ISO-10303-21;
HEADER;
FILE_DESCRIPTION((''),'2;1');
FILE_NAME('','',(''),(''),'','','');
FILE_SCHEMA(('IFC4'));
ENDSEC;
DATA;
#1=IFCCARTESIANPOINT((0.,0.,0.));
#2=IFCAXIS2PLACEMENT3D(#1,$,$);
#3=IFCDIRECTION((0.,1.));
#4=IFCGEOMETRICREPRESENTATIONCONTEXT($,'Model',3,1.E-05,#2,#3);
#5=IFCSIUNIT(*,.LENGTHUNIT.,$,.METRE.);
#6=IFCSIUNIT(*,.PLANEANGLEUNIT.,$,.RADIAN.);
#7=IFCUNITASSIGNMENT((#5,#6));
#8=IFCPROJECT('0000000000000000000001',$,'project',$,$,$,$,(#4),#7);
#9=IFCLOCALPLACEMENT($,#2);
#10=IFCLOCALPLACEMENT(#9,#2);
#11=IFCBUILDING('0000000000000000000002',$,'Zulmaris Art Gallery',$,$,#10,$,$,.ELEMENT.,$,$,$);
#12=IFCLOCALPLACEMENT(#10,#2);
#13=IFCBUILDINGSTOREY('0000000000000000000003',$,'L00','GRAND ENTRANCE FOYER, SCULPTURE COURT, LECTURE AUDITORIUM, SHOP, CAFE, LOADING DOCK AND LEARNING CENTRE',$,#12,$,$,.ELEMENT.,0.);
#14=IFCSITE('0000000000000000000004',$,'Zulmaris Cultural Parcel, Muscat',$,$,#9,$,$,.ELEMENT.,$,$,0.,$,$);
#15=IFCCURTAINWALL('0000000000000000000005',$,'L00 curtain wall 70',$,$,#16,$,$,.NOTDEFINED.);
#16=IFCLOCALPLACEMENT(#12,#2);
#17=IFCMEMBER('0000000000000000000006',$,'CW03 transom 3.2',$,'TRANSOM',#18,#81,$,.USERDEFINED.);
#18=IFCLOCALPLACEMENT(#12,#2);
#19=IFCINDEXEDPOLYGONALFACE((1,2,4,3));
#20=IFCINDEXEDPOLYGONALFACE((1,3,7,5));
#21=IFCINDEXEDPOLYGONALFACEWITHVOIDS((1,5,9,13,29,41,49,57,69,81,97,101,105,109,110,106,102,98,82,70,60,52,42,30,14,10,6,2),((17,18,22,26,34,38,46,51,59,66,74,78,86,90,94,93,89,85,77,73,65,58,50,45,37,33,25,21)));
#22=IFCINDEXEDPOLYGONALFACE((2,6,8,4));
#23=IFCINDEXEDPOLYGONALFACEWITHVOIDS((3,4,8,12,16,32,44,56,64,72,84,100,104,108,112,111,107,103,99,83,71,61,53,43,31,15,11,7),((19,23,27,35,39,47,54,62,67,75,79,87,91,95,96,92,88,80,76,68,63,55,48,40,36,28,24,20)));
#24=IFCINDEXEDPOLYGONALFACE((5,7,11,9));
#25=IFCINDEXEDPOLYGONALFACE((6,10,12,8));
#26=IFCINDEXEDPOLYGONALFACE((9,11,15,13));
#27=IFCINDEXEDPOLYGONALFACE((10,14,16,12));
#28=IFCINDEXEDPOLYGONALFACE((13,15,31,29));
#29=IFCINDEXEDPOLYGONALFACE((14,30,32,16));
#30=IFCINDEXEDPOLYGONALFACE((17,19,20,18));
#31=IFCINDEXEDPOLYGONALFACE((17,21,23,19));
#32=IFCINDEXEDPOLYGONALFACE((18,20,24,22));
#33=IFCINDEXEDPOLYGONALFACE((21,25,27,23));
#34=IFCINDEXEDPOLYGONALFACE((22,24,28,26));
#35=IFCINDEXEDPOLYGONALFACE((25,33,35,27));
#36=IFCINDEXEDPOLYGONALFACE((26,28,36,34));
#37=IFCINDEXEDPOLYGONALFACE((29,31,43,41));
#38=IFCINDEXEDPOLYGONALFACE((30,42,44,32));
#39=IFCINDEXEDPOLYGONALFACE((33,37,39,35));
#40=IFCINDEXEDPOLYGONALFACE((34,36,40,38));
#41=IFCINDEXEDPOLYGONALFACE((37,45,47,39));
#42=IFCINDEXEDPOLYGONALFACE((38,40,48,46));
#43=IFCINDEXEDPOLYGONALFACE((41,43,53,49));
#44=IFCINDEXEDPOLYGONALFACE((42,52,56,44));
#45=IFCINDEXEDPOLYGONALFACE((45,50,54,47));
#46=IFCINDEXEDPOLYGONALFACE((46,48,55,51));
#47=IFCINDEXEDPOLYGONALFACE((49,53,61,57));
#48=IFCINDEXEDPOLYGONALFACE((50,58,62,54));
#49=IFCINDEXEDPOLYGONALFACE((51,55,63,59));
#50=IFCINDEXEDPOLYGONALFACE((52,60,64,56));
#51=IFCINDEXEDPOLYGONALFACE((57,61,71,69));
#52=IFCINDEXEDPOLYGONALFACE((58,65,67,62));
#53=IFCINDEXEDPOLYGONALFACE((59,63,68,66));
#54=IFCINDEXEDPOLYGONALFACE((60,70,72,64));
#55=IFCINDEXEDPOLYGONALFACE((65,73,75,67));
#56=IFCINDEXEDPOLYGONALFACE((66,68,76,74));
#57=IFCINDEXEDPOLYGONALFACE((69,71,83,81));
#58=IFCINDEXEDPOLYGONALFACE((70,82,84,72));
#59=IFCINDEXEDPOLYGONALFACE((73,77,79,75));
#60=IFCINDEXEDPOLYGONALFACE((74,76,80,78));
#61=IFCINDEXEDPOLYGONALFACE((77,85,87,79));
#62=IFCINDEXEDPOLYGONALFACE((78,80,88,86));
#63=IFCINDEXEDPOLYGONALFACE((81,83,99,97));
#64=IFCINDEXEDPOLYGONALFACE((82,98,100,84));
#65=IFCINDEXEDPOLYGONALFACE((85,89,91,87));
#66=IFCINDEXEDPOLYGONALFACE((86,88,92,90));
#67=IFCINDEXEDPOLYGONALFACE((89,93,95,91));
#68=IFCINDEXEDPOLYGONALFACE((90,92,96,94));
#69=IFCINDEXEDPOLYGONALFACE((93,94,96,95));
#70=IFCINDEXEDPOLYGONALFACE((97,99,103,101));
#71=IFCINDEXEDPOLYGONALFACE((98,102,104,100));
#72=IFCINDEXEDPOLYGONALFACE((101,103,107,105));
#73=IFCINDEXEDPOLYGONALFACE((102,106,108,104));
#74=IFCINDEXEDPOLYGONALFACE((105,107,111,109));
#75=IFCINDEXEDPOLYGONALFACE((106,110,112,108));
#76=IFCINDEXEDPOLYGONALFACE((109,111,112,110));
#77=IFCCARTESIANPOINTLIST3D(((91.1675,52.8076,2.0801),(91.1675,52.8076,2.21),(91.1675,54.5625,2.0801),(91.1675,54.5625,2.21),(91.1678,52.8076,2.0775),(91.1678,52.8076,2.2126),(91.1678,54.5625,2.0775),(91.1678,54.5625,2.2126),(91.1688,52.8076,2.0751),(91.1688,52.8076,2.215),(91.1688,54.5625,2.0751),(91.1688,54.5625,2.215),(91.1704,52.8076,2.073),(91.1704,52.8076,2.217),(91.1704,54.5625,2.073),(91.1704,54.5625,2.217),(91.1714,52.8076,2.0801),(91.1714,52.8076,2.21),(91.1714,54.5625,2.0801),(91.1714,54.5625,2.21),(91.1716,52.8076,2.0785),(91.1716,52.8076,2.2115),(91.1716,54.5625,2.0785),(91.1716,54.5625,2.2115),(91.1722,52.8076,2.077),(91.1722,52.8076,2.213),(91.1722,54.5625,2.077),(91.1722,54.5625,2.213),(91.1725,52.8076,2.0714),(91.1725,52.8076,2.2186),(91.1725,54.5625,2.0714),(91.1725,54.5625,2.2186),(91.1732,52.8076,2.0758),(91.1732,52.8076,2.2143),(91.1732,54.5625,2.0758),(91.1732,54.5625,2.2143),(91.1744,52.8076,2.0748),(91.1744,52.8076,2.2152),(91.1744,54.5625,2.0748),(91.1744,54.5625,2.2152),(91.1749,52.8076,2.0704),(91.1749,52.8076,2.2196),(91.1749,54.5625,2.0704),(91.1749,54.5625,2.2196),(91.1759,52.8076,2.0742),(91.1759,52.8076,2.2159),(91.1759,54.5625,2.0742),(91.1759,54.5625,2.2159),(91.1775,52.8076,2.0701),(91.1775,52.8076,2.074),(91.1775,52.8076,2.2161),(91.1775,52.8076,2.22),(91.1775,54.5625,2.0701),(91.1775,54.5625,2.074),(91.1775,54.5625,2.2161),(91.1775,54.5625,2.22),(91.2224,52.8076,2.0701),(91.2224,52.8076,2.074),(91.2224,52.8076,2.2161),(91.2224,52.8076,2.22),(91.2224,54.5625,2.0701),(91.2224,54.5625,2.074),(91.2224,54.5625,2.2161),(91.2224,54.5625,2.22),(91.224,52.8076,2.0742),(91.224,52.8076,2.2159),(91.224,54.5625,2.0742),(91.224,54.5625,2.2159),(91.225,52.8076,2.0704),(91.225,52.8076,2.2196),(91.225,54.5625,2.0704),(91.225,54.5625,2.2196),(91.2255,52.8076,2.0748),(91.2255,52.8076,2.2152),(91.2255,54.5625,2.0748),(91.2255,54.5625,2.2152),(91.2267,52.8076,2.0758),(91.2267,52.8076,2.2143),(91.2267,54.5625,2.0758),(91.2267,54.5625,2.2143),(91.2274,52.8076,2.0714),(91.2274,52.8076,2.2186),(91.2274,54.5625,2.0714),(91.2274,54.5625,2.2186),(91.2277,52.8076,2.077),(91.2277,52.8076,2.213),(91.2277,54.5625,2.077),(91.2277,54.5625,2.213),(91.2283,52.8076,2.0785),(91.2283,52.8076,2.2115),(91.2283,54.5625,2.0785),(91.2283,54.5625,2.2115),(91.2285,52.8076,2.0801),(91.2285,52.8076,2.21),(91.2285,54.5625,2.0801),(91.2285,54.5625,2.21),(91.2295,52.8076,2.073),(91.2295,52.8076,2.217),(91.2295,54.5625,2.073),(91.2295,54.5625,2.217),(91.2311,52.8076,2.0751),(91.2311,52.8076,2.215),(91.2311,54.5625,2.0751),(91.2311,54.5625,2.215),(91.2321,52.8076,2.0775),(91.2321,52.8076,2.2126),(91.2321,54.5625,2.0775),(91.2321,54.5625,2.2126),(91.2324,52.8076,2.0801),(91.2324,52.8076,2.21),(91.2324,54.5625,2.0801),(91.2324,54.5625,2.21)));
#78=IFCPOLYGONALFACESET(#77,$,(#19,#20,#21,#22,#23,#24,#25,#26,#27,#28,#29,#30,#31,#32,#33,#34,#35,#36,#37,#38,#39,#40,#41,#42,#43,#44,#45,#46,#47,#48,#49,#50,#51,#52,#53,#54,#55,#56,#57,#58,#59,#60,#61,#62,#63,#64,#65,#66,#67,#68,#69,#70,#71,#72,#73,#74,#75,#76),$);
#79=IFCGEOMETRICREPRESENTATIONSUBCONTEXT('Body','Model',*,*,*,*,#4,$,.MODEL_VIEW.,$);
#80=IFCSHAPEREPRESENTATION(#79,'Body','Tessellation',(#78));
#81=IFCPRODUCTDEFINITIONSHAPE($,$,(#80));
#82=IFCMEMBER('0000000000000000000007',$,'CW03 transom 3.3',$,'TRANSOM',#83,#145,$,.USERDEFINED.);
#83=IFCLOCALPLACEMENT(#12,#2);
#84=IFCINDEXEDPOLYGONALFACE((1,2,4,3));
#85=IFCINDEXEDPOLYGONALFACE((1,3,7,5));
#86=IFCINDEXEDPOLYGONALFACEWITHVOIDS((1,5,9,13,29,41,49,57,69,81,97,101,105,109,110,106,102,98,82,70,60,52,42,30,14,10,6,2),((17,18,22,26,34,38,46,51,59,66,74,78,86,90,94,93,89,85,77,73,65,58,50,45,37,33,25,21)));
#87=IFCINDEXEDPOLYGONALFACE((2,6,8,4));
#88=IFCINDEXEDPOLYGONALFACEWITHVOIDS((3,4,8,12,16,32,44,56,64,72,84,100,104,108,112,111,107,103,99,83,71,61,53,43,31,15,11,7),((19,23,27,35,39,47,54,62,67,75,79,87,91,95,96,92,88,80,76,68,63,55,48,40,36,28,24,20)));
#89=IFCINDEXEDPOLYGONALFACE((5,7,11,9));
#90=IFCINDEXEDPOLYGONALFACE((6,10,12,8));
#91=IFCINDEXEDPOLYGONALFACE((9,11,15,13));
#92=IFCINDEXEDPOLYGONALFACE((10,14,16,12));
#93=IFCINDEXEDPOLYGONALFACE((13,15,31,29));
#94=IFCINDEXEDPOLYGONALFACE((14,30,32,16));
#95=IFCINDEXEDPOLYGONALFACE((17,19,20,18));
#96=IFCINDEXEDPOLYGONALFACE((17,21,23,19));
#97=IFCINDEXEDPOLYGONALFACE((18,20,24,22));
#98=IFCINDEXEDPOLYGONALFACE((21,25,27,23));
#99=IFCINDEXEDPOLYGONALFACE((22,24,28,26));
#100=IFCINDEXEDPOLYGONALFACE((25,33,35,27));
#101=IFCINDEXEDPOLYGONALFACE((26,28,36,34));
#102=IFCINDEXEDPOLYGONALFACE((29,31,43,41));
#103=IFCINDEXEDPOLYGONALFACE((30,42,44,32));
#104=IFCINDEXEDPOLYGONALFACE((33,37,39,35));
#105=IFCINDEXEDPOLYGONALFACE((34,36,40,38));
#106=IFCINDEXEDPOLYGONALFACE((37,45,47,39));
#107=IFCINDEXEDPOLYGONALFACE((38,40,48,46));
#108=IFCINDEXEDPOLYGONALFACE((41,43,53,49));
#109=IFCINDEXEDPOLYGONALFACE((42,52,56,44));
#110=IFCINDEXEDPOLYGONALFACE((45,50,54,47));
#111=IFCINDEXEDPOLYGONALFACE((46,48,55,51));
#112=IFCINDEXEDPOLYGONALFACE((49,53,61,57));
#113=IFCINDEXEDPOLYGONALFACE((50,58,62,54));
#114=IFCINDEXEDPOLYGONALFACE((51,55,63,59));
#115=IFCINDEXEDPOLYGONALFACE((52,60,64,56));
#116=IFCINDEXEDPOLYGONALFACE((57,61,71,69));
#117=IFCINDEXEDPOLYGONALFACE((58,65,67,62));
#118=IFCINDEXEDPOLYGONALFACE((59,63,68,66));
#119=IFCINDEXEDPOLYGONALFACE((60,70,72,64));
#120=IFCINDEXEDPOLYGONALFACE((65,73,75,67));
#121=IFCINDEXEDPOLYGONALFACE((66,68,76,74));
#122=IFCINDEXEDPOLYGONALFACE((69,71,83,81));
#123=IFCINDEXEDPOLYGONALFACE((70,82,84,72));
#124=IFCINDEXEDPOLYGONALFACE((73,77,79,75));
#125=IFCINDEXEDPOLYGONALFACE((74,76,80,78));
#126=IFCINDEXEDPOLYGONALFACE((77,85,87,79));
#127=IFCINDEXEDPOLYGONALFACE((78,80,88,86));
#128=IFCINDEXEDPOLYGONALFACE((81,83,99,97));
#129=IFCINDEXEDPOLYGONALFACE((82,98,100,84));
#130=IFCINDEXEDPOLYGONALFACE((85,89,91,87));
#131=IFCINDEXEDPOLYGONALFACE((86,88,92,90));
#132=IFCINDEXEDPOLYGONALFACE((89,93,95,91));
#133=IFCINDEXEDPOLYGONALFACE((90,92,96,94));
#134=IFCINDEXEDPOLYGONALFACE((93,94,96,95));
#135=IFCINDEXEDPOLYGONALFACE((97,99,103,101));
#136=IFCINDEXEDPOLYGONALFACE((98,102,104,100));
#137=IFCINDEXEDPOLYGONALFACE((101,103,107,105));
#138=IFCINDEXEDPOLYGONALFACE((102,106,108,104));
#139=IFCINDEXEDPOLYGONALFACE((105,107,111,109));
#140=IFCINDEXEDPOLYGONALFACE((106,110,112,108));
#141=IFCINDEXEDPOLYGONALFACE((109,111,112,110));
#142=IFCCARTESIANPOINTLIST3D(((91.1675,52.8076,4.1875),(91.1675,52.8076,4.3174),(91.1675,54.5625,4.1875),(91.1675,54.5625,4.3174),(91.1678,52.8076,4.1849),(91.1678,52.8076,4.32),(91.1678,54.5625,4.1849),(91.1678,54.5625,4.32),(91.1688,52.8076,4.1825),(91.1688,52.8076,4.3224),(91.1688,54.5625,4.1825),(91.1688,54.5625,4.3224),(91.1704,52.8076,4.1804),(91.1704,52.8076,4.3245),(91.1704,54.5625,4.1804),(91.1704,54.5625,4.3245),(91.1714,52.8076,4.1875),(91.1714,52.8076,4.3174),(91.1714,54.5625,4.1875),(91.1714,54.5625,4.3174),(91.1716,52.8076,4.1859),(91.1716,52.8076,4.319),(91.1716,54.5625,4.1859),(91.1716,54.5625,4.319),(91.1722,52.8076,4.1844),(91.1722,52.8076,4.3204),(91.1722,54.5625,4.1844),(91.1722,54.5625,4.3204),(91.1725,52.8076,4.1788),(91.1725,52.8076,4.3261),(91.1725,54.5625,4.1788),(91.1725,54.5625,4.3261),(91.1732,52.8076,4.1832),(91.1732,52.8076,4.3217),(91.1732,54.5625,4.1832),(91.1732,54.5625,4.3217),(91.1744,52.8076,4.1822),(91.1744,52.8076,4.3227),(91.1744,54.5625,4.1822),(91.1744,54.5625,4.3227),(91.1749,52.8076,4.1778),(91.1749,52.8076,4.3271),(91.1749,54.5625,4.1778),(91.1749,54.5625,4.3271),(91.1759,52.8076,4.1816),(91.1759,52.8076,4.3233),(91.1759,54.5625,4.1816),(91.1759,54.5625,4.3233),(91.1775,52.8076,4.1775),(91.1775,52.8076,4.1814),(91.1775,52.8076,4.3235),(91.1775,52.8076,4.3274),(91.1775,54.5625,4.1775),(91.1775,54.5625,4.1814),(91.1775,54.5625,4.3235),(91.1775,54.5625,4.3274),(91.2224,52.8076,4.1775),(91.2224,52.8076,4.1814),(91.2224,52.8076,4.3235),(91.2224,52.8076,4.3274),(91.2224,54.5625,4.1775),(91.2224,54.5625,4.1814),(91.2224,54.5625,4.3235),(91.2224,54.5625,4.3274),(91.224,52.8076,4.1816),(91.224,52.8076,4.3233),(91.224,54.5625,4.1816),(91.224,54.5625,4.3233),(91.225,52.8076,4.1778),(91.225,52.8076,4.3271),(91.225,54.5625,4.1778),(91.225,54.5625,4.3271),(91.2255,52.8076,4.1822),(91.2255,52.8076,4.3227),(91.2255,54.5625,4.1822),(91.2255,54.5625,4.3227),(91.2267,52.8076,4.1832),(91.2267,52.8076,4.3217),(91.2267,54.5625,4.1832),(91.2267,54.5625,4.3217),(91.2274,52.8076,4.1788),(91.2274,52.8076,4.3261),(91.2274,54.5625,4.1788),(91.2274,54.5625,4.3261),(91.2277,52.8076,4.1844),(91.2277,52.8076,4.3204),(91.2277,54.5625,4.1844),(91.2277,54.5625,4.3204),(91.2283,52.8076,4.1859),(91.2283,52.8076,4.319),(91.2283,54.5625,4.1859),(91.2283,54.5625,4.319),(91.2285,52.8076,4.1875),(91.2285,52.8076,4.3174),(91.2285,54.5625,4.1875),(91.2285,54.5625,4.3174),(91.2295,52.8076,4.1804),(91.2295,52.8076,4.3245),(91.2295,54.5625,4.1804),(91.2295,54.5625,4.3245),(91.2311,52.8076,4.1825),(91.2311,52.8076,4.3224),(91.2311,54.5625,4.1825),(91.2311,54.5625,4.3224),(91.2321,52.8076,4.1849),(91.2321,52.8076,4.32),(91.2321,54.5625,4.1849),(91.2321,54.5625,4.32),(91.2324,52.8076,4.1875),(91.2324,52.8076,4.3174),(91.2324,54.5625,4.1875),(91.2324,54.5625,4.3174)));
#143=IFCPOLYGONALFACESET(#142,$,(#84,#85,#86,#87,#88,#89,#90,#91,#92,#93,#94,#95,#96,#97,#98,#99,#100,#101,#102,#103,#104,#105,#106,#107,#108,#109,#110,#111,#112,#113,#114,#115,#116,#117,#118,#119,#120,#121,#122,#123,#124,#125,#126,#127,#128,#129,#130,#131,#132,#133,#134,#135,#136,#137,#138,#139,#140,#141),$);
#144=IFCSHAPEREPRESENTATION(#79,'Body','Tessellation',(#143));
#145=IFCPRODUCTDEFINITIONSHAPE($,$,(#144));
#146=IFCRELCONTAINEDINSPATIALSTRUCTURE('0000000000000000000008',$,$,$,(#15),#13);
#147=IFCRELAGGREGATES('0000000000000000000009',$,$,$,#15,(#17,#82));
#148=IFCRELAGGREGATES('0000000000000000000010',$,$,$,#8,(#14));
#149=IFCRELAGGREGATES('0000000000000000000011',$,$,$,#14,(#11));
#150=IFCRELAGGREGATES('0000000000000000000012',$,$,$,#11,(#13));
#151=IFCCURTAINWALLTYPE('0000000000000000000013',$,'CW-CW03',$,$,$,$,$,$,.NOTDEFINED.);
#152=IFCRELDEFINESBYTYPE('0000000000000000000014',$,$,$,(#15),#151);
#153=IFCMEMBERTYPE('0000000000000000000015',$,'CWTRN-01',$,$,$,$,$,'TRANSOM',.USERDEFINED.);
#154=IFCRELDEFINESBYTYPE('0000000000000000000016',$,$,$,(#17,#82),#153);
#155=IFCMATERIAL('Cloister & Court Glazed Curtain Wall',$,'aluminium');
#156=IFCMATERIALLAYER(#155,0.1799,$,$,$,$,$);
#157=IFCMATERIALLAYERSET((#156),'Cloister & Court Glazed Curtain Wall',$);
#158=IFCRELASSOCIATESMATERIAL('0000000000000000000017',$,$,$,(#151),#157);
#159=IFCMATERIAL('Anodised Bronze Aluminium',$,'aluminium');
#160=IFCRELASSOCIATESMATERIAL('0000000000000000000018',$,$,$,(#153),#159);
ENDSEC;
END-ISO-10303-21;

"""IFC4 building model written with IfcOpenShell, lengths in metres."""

from ifc_helpers import new_model, si_unit, direction, frame, origin, origin_2d, place, context, subcontext, project, spatial, hollow_rectangle, extrude, material, layer, layer_set, material_profile, profile_set, type_object, element, aggregate, save


model = new_model("IFC4")

# Units and contexts
model_context = context("Model", 3, precision=1e-05, world=origin(), true_north=direction((0.0, 1.0)))
body_context = subcontext(model_context, "Body", "Model", "MODEL_VIEW")
ifc_project = project(units=[si_unit("LENGTHUNIT", "METRE"), si_unit("PLANEANGLEUNIT", "RADIAN")], contexts=[model_context])

# Site, building, storey
site_placement = place(None, origin())
site = spatial("IfcSite", under=ifc_project, at=site_placement, Name="Zulmaris Cultural Parcel, Muscat", CompositionType="ELEMENT", RefElevation=0.0)
building_placement = place(site_placement, origin())
building = spatial("IfcBuilding", under=site, at=building_placement, Name="Zulmaris Art Gallery", CompositionType="ELEMENT")
storey_placement = place(building_placement, origin())
storey = spatial("IfcBuildingStorey", under=building, at=storey_placement, Name="L00", Description="GRAND ENTRANCE FOYER, SCULPTURE COURT, LECTURE AUDITORIUM, SHOP, CAFE, LOADING DOCK AND LEARNING CENTRE", CompositionType="ELEMENT", Elevation=0.0)

# Shared definitions
ifc_material_1 = material(Name="Cloister & Court Glazed Curtain Wall", Category="aluminium")
ifc_layer_1 = layer(ifc_material_1, 0.1799)
ifc_layer_set_1 = layer_set([ifc_layer_1], Name="Cloister & Court Glazed Curtain Wall")
curtain_wall_type_1 = type_object("IfcCurtainWallType", Name="CW-CW03", PredefinedType="NOTDEFINED", material=ifc_layer_set_1)
ifc_material_2 = material(Name="Anodised Bronze Aluminium", Category="aluminium")

# Curtain wall
curtain_wall_1_placement = place(storey_placement, origin())
curtain_wall_1 = element("IfcCurtainWall", 1, at=curtain_wall_1_placement, inside=storey, type_object=curtain_wall_type_1, Name="L00 curtain wall 70", PredefinedType="NOTDEFINED")

# Members
ifc_material_profile_1 = material_profile(ifc_material_2, hollow_rectangle(XDim=0.0649, YDim=0.1499, WallThickness=0.0039, InnerFilletRadius=0.0061, OuterFilletRadius=0.01, at=origin_2d()), Name="ALU 65x150x4")
ifc_profile_set_1 = profile_set([ifc_material_profile_1], Name="Anodised Bronze Aluminium")
member_type_1 = type_object("IfcMemberType", Name="CWTRN-01", ElementType="TRANSOM", PredefinedType="USERDEFINED", material=ifc_profile_set_1)
member_1_placement = place(storey_placement, frame((91.2, 54.5625, 2.145), z_axis=(0.0, -1.0, 0.0), x_axis=(1.0, 0.0, 0.0)))
member_1 = element("IfcMember", 2, at=member_1_placement, type_object=member_type_1, Name="CW03 transom 3.2", ObjectType="TRANSOM", PredefinedType="USERDEFINED", context=body_context, shape_type="SweptSolid", body=[
    extrude(hollow_rectangle(XDim=0.0649, YDim=0.1499, WallThickness=0.0039, InnerFilletRadius=0.0061, OuterFilletRadius=0.01, at=origin_2d()), origin(), (0.0, 0.0, 1.0), 1.7549),
])
member_2_placement = place(storey_placement, frame((91.2, 54.5625, 4.2524), z_axis=(0.0, -1.0, 0.0), x_axis=(1.0, 0.0, 0.0)))
member_2 = element("IfcMember", 3, at=member_2_placement, type_object=member_type_1, Name="CW03 transom 3.3", ObjectType="TRANSOM", PredefinedType="USERDEFINED", context=body_context, shape_type="SweptSolid", body=[
    extrude(hollow_rectangle(XDim=0.0649, YDim=0.1499, WallThickness=0.0039, InnerFilletRadius=0.0061, OuterFilletRadius=0.01, at=origin_2d()), origin(), (0.0, 0.0, 1.0), 1.7549),
])

aggregate(curtain_wall_1, [member_1, member_2])

save(model, "model.ifc")
